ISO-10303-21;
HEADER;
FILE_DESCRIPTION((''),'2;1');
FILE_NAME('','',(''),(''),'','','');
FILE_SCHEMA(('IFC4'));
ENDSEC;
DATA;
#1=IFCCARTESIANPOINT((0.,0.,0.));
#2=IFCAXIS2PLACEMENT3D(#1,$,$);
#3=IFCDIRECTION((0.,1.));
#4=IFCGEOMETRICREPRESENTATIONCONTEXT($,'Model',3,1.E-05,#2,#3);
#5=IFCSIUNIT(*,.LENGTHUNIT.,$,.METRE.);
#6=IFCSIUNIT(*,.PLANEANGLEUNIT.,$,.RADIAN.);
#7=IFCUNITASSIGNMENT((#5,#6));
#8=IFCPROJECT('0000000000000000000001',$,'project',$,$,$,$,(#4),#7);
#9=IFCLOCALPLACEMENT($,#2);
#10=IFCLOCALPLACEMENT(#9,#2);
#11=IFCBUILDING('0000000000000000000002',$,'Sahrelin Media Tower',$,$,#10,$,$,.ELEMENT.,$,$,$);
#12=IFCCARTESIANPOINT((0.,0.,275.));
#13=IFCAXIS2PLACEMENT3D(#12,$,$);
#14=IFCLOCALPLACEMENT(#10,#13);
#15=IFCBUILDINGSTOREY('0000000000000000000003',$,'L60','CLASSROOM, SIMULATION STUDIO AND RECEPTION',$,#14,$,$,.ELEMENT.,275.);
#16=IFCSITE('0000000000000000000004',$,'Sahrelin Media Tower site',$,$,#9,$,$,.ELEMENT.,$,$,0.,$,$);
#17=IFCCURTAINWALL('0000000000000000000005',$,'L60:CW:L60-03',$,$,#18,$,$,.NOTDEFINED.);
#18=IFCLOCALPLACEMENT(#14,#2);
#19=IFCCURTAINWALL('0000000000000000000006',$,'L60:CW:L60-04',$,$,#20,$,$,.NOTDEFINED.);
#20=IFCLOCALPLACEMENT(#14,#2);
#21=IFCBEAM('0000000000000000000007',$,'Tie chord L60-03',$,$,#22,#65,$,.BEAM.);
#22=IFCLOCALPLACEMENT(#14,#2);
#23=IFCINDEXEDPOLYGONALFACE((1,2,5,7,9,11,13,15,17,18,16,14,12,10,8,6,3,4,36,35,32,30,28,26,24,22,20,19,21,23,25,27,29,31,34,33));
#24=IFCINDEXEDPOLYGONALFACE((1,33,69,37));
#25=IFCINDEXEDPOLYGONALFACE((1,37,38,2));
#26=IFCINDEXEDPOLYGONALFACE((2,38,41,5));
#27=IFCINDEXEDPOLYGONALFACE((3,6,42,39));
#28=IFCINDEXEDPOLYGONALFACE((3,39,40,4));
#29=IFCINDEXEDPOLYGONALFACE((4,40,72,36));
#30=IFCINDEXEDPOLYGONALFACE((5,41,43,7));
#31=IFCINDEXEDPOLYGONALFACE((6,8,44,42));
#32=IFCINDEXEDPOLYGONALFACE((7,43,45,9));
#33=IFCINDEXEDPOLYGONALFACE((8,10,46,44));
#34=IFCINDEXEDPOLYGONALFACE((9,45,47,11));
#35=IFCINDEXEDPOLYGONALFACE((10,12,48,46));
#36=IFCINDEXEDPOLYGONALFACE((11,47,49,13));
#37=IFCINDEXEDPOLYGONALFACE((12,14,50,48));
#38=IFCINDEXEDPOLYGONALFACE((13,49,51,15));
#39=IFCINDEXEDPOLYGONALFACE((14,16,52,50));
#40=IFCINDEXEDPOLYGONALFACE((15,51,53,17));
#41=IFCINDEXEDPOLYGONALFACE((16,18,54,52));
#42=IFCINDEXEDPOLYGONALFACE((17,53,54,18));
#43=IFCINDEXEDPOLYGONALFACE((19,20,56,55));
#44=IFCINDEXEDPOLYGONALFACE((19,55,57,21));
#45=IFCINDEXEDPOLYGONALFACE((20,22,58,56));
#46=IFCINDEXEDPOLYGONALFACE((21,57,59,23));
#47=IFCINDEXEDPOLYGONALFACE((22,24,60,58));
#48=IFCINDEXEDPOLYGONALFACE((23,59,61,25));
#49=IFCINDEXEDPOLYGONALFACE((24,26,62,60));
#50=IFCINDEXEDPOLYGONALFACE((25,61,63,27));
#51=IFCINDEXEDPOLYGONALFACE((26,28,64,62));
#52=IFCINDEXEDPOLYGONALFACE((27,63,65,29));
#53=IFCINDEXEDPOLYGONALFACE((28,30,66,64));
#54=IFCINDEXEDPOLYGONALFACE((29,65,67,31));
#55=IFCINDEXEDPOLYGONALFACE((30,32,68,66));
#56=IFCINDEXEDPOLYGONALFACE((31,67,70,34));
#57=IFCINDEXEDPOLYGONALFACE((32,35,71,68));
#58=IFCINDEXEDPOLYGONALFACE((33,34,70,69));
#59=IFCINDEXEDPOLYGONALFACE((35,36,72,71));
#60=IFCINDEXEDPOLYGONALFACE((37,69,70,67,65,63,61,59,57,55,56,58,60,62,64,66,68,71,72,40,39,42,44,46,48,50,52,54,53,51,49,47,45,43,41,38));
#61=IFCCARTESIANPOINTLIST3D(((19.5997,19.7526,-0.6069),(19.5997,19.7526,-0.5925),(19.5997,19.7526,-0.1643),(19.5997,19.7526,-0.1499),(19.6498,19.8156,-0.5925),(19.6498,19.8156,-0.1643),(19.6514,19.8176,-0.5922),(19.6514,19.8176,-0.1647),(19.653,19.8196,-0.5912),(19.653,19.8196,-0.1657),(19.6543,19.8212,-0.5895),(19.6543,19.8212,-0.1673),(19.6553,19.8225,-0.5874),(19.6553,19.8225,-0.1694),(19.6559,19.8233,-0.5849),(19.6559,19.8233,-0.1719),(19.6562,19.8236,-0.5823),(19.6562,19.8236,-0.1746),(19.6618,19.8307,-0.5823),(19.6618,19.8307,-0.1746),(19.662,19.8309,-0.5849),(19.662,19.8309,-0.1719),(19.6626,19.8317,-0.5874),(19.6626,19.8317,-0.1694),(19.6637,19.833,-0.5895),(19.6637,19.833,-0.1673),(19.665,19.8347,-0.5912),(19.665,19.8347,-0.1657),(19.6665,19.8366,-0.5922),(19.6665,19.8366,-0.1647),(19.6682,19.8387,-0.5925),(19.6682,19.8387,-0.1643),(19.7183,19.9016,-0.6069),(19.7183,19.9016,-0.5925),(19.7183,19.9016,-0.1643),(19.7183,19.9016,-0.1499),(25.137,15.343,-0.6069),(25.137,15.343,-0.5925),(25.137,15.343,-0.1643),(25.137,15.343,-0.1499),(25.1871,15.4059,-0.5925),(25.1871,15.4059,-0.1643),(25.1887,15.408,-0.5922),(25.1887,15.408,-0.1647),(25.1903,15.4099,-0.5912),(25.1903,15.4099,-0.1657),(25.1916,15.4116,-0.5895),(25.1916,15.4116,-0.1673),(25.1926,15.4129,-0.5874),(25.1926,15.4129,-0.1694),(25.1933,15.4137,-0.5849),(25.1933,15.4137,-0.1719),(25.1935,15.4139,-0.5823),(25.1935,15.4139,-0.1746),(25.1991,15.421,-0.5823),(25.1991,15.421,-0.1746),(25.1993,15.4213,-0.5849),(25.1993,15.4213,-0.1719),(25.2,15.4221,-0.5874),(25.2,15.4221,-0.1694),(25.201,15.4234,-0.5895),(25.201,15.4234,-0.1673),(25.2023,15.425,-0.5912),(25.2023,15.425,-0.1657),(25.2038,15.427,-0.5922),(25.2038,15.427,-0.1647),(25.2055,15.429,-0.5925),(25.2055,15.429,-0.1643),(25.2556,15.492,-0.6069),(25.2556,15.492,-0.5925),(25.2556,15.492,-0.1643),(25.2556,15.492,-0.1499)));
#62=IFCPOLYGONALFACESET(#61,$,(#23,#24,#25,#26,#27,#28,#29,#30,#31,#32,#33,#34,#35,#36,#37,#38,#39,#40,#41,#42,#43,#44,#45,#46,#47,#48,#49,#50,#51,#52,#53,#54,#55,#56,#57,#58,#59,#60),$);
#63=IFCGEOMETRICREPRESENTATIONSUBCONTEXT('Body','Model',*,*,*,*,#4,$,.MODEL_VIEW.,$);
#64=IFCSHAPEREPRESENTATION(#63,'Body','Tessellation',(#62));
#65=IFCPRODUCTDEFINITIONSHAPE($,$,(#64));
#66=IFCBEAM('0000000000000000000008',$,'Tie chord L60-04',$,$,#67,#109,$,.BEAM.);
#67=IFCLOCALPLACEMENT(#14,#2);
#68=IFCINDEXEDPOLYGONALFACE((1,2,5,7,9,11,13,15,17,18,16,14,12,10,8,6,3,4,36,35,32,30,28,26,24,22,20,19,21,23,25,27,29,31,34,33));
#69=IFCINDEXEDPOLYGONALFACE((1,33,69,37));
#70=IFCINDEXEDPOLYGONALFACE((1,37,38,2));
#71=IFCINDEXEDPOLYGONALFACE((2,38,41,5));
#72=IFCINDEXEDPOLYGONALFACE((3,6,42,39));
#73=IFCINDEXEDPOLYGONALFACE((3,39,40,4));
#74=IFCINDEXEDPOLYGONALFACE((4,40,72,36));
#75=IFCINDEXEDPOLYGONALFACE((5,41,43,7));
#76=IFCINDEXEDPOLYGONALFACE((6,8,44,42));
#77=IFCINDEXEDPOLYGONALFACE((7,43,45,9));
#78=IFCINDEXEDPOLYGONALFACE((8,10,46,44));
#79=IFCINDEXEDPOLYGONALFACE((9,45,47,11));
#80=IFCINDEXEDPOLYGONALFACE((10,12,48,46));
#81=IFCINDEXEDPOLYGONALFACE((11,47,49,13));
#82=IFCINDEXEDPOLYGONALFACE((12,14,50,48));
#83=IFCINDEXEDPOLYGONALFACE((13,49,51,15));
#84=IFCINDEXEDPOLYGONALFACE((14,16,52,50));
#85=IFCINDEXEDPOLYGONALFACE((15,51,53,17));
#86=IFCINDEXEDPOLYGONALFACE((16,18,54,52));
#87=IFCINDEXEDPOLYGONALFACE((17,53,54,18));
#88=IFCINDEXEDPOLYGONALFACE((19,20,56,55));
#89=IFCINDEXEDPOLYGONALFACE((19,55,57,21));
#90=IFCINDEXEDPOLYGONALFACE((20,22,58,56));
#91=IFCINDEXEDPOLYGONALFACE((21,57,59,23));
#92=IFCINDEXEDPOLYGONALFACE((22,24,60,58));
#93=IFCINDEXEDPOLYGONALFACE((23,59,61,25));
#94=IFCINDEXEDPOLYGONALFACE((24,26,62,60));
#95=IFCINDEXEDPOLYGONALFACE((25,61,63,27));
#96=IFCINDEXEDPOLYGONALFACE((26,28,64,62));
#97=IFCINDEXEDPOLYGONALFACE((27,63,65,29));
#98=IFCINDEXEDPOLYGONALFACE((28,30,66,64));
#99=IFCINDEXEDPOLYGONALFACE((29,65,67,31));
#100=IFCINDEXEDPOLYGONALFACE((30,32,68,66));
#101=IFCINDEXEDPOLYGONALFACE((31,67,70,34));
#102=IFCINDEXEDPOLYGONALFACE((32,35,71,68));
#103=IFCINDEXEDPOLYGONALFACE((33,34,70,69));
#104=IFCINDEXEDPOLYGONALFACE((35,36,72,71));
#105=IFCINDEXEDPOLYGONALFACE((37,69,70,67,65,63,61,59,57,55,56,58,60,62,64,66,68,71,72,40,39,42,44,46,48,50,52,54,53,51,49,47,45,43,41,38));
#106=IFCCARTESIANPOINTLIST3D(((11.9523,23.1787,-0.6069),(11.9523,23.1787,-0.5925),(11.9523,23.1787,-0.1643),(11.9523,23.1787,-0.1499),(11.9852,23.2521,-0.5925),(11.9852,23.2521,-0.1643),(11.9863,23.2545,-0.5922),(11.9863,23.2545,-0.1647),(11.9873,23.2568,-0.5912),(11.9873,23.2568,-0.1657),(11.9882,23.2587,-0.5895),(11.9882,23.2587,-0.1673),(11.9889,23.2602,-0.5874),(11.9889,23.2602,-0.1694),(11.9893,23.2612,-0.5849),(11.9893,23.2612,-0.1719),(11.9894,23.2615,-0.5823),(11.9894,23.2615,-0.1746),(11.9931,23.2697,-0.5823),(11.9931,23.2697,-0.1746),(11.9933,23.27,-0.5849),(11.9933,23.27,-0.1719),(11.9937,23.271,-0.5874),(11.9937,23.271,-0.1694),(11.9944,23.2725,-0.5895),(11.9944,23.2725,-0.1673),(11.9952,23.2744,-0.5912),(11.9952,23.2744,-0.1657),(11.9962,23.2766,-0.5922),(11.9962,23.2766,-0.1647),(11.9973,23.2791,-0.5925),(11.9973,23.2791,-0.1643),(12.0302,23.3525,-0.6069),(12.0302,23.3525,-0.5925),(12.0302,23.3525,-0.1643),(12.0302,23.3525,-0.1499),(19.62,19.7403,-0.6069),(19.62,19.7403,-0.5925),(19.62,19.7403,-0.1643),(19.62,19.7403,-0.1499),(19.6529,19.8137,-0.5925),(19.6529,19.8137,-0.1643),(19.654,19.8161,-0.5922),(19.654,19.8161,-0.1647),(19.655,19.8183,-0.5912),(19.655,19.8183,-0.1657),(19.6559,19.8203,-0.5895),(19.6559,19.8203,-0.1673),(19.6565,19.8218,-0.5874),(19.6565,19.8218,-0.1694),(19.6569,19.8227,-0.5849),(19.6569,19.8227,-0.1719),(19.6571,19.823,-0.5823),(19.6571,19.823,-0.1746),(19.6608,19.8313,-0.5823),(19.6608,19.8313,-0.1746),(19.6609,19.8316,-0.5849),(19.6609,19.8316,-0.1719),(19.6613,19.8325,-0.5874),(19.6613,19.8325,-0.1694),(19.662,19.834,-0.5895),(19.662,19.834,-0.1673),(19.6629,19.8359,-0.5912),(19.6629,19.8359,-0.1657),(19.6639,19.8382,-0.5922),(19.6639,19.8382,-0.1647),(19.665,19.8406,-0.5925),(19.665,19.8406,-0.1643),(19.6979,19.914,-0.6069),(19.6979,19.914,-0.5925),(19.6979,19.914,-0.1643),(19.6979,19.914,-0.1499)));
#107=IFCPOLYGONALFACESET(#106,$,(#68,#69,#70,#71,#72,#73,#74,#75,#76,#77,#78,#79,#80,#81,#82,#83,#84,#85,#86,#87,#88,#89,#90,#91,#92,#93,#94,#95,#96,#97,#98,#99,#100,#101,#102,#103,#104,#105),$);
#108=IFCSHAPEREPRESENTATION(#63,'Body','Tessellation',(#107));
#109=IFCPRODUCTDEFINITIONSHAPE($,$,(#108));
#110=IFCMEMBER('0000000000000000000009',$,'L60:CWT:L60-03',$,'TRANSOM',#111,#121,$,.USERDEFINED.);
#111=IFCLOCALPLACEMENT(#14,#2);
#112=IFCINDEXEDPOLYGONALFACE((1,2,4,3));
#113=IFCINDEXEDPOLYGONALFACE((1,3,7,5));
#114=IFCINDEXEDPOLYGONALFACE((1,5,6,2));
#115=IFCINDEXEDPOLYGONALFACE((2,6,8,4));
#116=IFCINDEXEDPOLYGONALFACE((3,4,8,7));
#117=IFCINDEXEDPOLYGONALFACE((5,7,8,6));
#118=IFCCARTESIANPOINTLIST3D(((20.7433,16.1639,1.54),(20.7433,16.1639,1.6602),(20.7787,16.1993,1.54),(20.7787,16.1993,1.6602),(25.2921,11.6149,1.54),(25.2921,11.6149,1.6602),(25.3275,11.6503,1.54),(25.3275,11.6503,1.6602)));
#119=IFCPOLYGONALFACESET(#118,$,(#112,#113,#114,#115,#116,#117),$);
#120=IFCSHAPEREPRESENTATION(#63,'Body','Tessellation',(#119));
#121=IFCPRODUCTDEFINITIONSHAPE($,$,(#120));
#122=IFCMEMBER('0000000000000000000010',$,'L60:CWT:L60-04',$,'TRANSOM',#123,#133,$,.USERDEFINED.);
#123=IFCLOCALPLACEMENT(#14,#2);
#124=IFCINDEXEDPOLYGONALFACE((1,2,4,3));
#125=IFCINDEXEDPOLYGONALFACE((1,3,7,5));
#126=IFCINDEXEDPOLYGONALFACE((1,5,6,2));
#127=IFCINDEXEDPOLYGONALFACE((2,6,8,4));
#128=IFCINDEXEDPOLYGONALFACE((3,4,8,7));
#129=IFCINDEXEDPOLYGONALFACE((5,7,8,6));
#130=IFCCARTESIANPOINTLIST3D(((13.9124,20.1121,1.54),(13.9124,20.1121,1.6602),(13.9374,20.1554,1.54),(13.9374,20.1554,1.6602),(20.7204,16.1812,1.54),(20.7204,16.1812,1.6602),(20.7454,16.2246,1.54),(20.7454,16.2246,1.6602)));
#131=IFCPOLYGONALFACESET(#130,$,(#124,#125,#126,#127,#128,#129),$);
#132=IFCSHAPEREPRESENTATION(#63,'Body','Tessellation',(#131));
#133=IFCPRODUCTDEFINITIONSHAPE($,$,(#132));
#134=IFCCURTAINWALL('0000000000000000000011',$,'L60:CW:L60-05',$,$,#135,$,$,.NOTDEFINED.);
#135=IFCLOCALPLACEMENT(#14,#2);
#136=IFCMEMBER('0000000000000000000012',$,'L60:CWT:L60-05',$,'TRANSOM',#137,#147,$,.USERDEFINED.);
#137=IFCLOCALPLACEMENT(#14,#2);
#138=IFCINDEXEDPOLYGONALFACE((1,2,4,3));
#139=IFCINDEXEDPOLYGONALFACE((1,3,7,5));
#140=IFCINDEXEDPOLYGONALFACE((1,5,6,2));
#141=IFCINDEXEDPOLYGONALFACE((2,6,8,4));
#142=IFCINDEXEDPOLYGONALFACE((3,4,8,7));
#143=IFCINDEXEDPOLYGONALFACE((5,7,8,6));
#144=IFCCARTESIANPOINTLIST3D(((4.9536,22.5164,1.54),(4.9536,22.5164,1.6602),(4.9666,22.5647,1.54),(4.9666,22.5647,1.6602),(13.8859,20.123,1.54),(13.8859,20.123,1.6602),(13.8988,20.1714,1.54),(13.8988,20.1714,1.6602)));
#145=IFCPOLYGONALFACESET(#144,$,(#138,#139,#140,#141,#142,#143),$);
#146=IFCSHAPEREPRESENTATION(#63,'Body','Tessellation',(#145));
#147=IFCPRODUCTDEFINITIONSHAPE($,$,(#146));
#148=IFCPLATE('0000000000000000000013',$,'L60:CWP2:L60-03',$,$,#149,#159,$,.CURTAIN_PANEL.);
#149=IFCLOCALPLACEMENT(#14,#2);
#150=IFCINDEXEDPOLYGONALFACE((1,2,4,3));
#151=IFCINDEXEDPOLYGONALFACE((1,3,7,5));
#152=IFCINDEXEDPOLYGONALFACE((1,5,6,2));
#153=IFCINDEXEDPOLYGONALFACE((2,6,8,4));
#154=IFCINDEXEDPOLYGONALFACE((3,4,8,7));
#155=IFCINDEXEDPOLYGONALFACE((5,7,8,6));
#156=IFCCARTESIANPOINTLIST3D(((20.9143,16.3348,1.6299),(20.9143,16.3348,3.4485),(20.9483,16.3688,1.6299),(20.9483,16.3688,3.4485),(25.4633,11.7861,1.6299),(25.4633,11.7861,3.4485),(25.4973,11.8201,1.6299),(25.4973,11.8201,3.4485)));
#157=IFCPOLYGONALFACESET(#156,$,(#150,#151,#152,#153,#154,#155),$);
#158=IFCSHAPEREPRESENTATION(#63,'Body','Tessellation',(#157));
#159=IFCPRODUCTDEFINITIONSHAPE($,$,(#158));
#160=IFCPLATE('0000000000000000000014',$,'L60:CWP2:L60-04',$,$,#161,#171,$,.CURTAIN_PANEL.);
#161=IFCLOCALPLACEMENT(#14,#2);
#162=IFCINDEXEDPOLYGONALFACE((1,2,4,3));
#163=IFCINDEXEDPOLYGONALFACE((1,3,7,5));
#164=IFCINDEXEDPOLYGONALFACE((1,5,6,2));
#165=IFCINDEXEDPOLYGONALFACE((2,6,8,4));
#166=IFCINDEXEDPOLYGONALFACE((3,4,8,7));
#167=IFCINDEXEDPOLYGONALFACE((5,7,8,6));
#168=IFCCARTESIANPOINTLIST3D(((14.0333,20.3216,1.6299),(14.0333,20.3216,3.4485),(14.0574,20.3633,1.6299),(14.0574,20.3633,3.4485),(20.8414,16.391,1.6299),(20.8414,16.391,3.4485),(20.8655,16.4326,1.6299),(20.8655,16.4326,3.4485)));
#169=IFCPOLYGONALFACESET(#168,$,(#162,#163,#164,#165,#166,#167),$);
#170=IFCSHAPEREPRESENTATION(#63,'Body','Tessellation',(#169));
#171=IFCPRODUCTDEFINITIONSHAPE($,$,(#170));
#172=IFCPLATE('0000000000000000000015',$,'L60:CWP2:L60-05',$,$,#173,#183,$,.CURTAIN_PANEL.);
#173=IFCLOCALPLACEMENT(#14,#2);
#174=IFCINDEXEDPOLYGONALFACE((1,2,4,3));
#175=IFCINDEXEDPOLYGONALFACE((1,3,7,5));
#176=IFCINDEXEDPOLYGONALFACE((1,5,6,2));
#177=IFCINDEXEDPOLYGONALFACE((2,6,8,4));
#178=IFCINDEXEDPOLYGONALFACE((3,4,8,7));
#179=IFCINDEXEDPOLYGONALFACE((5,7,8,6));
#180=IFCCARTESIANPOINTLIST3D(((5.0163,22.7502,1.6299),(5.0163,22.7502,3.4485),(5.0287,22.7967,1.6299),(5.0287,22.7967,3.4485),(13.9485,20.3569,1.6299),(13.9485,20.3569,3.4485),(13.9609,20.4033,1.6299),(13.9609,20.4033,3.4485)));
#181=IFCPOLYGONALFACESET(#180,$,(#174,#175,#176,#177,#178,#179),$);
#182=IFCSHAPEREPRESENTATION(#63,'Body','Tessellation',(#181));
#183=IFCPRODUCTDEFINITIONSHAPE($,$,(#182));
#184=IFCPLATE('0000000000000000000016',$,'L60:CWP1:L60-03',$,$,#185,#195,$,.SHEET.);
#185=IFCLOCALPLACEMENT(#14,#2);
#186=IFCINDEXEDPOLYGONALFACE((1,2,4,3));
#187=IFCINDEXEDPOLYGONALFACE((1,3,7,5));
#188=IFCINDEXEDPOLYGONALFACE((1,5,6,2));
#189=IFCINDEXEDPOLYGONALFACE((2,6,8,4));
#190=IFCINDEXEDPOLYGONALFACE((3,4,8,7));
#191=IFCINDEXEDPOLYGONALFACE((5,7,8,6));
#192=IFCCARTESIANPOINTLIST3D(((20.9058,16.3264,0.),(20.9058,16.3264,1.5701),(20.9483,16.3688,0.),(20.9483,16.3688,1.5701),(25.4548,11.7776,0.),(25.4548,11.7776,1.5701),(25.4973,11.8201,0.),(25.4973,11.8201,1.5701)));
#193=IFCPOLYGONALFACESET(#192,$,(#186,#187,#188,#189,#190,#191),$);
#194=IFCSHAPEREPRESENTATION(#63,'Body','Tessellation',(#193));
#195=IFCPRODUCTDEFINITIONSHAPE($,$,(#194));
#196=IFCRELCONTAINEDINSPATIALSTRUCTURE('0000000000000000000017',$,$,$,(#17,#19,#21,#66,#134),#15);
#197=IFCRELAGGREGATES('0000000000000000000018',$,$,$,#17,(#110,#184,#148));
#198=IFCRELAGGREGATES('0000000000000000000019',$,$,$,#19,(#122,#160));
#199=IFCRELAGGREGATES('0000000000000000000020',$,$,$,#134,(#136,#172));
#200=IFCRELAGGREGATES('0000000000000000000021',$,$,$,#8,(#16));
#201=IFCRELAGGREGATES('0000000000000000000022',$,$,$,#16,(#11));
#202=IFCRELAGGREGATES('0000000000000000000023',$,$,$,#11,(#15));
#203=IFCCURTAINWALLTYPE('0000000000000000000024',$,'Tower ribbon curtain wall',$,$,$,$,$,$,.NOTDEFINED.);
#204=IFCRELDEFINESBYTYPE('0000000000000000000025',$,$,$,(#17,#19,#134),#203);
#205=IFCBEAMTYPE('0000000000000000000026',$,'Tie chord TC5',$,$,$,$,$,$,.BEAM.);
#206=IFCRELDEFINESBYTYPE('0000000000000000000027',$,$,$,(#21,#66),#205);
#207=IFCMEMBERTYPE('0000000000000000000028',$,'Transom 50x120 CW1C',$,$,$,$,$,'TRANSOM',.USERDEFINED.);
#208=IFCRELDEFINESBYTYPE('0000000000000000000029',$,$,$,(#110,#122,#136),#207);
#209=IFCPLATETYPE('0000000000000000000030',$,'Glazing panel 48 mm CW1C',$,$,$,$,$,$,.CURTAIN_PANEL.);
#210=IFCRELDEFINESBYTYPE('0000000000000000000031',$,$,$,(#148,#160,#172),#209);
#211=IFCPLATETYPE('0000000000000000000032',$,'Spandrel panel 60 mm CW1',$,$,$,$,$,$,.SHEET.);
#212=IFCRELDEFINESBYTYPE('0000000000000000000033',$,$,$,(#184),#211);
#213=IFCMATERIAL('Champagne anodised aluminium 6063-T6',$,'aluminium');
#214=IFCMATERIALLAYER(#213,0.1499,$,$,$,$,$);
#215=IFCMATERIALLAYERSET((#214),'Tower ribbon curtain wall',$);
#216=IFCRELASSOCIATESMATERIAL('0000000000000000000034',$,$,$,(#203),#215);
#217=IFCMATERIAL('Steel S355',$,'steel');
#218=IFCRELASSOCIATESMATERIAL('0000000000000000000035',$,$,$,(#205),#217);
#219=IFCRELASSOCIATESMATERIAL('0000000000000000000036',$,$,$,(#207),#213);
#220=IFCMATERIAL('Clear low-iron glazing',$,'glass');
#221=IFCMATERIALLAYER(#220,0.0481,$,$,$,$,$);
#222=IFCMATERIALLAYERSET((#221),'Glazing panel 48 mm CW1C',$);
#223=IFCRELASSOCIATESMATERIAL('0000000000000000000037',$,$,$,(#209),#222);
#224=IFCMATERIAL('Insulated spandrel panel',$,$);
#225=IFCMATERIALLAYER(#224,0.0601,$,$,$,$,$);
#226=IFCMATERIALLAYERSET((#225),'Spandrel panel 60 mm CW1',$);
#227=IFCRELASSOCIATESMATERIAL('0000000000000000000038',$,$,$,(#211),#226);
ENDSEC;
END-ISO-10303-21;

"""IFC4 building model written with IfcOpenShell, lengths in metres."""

from ifc_helpers import new_model, si_unit, direction, frame, origin, origin_2d, place, context, subcontext, project, spatial, polyline, rectangle, i_section, outline, extrude, material, layer, layer_set, material_profile, profile_set, type_object, element, aggregate, save


model = new_model("IFC4")

# Units and contexts
model_context = context("Model", 3, precision=1e-05, world=origin(), true_north=direction((0.0, 1.0)))
body_context = subcontext(model_context, "Body", "Model", "MODEL_VIEW")
ifc_project = project(units=[si_unit("LENGTHUNIT", "METRE"), si_unit("PLANEANGLEUNIT", "RADIAN")], contexts=[model_context])

# Site, building, storey
site_placement = place(None, origin())
site = spatial("IfcSite", under=ifc_project, at=site_placement, Name="Sahrelin Media Tower site", CompositionType="ELEMENT", RefElevation=0.0)
building_placement = place(site_placement, origin())
building = spatial("IfcBuilding", under=site, at=building_placement, Name="Sahrelin Media Tower", CompositionType="ELEMENT")
storey_placement = place(building_placement, frame((0.0, 0.0, 275.0)))
storey = spatial("IfcBuildingStorey", under=building, at=storey_placement, Name="L60", Description="CLASSROOM, SIMULATION STUDIO AND RECEPTION", CompositionType="ELEMENT", Elevation=275.0)

# Shared definitions
ifc_material_1 = material(Name="Steel S355", Category="steel")

# Curtain walls
ifc_material_2 = material(Name="Champagne anodised aluminium 6063-T6", Category="aluminium")
ifc_layer_1 = layer(ifc_material_2, 0.1499)
ifc_layer_set_1 = layer_set([ifc_layer_1], Name="Tower ribbon curtain wall")
curtain_wall_type = type_object("IfcCurtainWallType", Name="Tower ribbon curtain wall", PredefinedType="NOTDEFINED", material=ifc_layer_set_1)
curtain_wall_1_placement = place(storey_placement, frame((23.2085, 14.0803, 0.0), z_axis=(0.0, 0.0, 1.0), x_axis=(1.0, 0.0, 0.0)))
curtain_wall_1 = element("IfcCurtainWall", 1, at=curtain_wall_1_placement, inside=storey, type_object=curtain_wall_type, Name="L60:CW:L60-03", PredefinedType="NOTDEFINED")
curtain_wall_2_placement = place(storey_placement, frame((17.4514, 18.3806, 0.0), z_axis=(0.0, 0.0, 1.0), x_axis=(1.0, 0.0, 0.0)))
curtain_wall_2 = element("IfcCurtainWall", 2, at=curtain_wall_2_placement, inside=storey, type_object=curtain_wall_type, Name="L60:CW:L60-04", PredefinedType="NOTDEFINED")

# Beams
ifc_material_profile_1 = material_profile(ifc_material_1, i_section(OverallWidth=0.1904, OverallDepth=0.457, WebThickness=0.009, FlangeThickness=0.0144, FilletRadius=0.0103, at=origin_2d()), Name="UB 457x191x74")
ifc_profile_set_1 = profile_set([ifc_material_profile_1], Name="Steel S355")
beam_type_1 = type_object("IfcBeamType", Name="Tie chord TC5", PredefinedType="BEAM", material=ifc_profile_set_1)
beam_1_placement = place(storey_placement, frame((25.1963, 15.4175, -0.3784), z_axis=(-0.78226, 0.622952, 0.0), x_axis=(-0.622952, -0.78226, 0.0)))
element("IfcBeam", 3, at=beam_1_placement, inside=storey, type_object=beam_type_1, Name="Tie chord L60-03", PredefinedType="BEAM", context=body_context, shape_type="SweptSolid", body=[
    extrude(i_section(OverallWidth=0.1904, OverallDepth=0.457, WebThickness=0.009, FlangeThickness=0.0144, FilletRadius=0.0103, at=origin_2d()), origin(), (0.0, 0.0, 1.0), 7.0786),
])
beam_2_placement = place(storey_placement, frame((19.6589, 19.8271, -0.3784), z_axis=(-0.912455, 0.409177, 0.0), x_axis=(-0.409177, -0.912455, 0.0)))
element("IfcBeam", 4, at=beam_2_placement, inside=storey, type_object=beam_type_1, Name="Tie chord L60-04", PredefinedType="BEAM", context=body_context, shape_type="SweptSolid", body=[
    extrude(i_section(OverallWidth=0.1904, OverallDepth=0.457, WebThickness=0.009, FlangeThickness=0.0144, FilletRadius=0.0103, at=origin_2d()), origin(), (0.0, 0.0, 1.0), 8.4033),
])

# Members
ifc_material_profile_2 = material_profile(ifc_material_2, rectangle(XDim=0.05, YDim=0.1201, at=origin_2d()), Name="Transom 50x120")
ifc_profile_set_2 = profile_set([ifc_material_profile_2], Name="Champagne anodised aluminium 6063-T6")
member_type_1 = type_object("IfcMemberType", Name="Transom 50x120 CW1C", ElementType="TRANSOM", PredefinedType="USERDEFINED", material=ifc_profile_set_2)
member_1_placement = place(storey_placement, frame((25.3098, 11.6326, 1.6001), z_axis=(-0.707088, 0.707126, 0.0), x_axis=(-0.707126, -0.707088, 0.0)))
member_1 = element("IfcMember", 5, at=member_1_placement, type_object=member_type_1, Name="L60:CWT:L60-03", ObjectType="TRANSOM", PredefinedType="USERDEFINED", context=body_context, shape_type="SweptSolid", body=[
    extrude(rectangle(XDim=0.05, YDim=0.1201, at=origin_2d()), origin(), (0.0, 0.0, 1.0), 6.4331),
])
member_2_placement = place(storey_placement, frame((20.7329, 16.2029, 1.6001), z_axis=(-0.866012, 0.500024, 0.0), x_axis=(-0.500024, -0.866012, 0.0)))
member_2 = element("IfcMember", 6, at=member_2_placement, type_object=member_type_1, Name="L60:CWT:L60-04", ObjectType="TRANSOM", PredefinedType="USERDEFINED", context=body_context, shape_type="SweptSolid", body=[
    extrude(rectangle(XDim=0.05, YDim=0.1201, at=origin_2d()), origin(), (0.0, 0.0, 1.0), 7.8613),
])

# Curtain wall, member
curtain_wall_3_placement = place(storey_placement, frame((9.4895, 21.5806, 0.0), z_axis=(0.0, 0.0, 1.0), x_axis=(1.0, 0.0, 0.0)))
curtain_wall_3 = element("IfcCurtainWall", 7, at=curtain_wall_3_placement, inside=storey, type_object=curtain_wall_type, Name="L60:CW:L60-05", PredefinedType="NOTDEFINED")
member_3_placement = place(storey_placement, frame((13.8923, 20.1472, 1.6001), z_axis=(-0.965927, 0.258814, 0.0), x_axis=(-0.258814, -0.965927, 0.0)))
member_3 = element("IfcMember", 8, at=member_3_placement, type_object=member_type_1, Name="L60:CWT:L60-05", ObjectType="TRANSOM", PredefinedType="USERDEFINED", context=body_context, shape_type="SweptSolid", body=[
    extrude(rectangle(XDim=0.05, YDim=0.1201, at=origin_2d()), origin(), (0.0, 0.0, 1.0), 9.2473),
])

# Plates
ifc_material_3 = material(Name="Clear low-iron glazing", Category="glass")
ifc_layer_2 = layer(ifc_material_3, 0.0481)
ifc_layer_set_2 = layer_set([ifc_layer_2], Name="Glazing panel 48 mm CW1C")
plate_type_1 = type_object("IfcPlateType", Name="Glazing panel 48 mm CW1C", PredefinedType="CURTAIN_PANEL", material=ifc_layer_set_2)
plate_1_placement = place(storey_placement, frame((25.4973, 11.8201, 1.6299), z_axis=(0.707088, 0.707126, 0.0), x_axis=(-0.707126, 0.707088, 0.0)))
plate_1 = element("IfcPlate", 9, at=plate_1_placement, type_object=plate_type_1, Name="L60:CWP2:L60-03", PredefinedType="CURTAIN_PANEL", context=body_context, shape_type="SweptSolid", body=[
    extrude(outline(polyline([(0.0, 0.0), (6.4331, 0.0), (6.4331, 1.8186), (0.0, 1.8186), (0.0, 0.0)])), origin(), (0.0, 0.0, -1.0), 0.0481),
])
plate_2_placement = place(storey_placement, frame((20.8655, 16.4326, 1.6299), z_axis=(0.5, 0.866025, 0.0), x_axis=(-0.866025, 0.5, 0.0)))
plate_2 = element("IfcPlate", 10, at=plate_2_placement, type_object=plate_type_1, Name="L60:CWP2:L60-04", PredefinedType="CURTAIN_PANEL", context=body_context, shape_type="SweptSolid", body=[
    extrude(outline(polyline([(0.0, 0.0), (7.8613, 0.0), (7.8613, 1.8186), (0.0, 1.8186), (0.0, 0.0)])), origin(), (0.0, 0.0, -1.0), 0.0481),
])
plate_3_placement = place(storey_placement, frame((13.9609, 20.4033, 1.6299), z_axis=(0.258814, 0.965927, 0.0), x_axis=(-0.965927, 0.258814, 0.0)))
plate_3 = element("IfcPlate", 11, at=plate_3_placement, type_object=plate_type_1, Name="L60:CWP2:L60-05", PredefinedType="CURTAIN_PANEL", context=body_context, shape_type="SweptSolid", body=[
    extrude(outline(polyline([(0.0, 0.0), (9.2473, 0.0), (9.2473, 1.8186), (0.0, 1.8186), (0.0, 0.0)])), origin(), (0.0, 0.0, -1.0), 0.0481),
])
ifc_material_4 = material(Name="Insulated spandrel panel")
ifc_layer_3 = layer(ifc_material_4, 0.0601)
ifc_layer_set_3 = layer_set([ifc_layer_3], Name="Spandrel panel 60 mm CW1")
plate_type_2 = type_object("IfcPlateType", Name="Spandrel panel 60 mm CW1", PredefinedType="SHEET", material=ifc_layer_set_3)
plate_4_placement = place(storey_placement, frame((25.4973, 11.8201, 0.0), z_axis=(0.707088, 0.707126, 0.0), x_axis=(-0.707126, 0.707088, 0.0)))
plate_4 = element("IfcPlate", 12, at=plate_4_placement, type_object=plate_type_2, Name="L60:CWP1:L60-03", PredefinedType="SHEET", context=body_context, shape_type="SweptSolid", body=[
    extrude(outline(polyline([(0.0, 0.0), (6.4331, 0.0), (6.4331, 1.5701), (0.0, 1.5701), (0.0, 0.0)])), origin(), (0.0, 0.0, -1.0), 0.0601),
])
aggregate(curtain_wall_1, [member_1, plate_4, plate_1])
aggregate(curtain_wall_2, [member_2, plate_2])
aggregate(curtain_wall_3, [member_3, plate_3])

save(model, "model.ifc")
